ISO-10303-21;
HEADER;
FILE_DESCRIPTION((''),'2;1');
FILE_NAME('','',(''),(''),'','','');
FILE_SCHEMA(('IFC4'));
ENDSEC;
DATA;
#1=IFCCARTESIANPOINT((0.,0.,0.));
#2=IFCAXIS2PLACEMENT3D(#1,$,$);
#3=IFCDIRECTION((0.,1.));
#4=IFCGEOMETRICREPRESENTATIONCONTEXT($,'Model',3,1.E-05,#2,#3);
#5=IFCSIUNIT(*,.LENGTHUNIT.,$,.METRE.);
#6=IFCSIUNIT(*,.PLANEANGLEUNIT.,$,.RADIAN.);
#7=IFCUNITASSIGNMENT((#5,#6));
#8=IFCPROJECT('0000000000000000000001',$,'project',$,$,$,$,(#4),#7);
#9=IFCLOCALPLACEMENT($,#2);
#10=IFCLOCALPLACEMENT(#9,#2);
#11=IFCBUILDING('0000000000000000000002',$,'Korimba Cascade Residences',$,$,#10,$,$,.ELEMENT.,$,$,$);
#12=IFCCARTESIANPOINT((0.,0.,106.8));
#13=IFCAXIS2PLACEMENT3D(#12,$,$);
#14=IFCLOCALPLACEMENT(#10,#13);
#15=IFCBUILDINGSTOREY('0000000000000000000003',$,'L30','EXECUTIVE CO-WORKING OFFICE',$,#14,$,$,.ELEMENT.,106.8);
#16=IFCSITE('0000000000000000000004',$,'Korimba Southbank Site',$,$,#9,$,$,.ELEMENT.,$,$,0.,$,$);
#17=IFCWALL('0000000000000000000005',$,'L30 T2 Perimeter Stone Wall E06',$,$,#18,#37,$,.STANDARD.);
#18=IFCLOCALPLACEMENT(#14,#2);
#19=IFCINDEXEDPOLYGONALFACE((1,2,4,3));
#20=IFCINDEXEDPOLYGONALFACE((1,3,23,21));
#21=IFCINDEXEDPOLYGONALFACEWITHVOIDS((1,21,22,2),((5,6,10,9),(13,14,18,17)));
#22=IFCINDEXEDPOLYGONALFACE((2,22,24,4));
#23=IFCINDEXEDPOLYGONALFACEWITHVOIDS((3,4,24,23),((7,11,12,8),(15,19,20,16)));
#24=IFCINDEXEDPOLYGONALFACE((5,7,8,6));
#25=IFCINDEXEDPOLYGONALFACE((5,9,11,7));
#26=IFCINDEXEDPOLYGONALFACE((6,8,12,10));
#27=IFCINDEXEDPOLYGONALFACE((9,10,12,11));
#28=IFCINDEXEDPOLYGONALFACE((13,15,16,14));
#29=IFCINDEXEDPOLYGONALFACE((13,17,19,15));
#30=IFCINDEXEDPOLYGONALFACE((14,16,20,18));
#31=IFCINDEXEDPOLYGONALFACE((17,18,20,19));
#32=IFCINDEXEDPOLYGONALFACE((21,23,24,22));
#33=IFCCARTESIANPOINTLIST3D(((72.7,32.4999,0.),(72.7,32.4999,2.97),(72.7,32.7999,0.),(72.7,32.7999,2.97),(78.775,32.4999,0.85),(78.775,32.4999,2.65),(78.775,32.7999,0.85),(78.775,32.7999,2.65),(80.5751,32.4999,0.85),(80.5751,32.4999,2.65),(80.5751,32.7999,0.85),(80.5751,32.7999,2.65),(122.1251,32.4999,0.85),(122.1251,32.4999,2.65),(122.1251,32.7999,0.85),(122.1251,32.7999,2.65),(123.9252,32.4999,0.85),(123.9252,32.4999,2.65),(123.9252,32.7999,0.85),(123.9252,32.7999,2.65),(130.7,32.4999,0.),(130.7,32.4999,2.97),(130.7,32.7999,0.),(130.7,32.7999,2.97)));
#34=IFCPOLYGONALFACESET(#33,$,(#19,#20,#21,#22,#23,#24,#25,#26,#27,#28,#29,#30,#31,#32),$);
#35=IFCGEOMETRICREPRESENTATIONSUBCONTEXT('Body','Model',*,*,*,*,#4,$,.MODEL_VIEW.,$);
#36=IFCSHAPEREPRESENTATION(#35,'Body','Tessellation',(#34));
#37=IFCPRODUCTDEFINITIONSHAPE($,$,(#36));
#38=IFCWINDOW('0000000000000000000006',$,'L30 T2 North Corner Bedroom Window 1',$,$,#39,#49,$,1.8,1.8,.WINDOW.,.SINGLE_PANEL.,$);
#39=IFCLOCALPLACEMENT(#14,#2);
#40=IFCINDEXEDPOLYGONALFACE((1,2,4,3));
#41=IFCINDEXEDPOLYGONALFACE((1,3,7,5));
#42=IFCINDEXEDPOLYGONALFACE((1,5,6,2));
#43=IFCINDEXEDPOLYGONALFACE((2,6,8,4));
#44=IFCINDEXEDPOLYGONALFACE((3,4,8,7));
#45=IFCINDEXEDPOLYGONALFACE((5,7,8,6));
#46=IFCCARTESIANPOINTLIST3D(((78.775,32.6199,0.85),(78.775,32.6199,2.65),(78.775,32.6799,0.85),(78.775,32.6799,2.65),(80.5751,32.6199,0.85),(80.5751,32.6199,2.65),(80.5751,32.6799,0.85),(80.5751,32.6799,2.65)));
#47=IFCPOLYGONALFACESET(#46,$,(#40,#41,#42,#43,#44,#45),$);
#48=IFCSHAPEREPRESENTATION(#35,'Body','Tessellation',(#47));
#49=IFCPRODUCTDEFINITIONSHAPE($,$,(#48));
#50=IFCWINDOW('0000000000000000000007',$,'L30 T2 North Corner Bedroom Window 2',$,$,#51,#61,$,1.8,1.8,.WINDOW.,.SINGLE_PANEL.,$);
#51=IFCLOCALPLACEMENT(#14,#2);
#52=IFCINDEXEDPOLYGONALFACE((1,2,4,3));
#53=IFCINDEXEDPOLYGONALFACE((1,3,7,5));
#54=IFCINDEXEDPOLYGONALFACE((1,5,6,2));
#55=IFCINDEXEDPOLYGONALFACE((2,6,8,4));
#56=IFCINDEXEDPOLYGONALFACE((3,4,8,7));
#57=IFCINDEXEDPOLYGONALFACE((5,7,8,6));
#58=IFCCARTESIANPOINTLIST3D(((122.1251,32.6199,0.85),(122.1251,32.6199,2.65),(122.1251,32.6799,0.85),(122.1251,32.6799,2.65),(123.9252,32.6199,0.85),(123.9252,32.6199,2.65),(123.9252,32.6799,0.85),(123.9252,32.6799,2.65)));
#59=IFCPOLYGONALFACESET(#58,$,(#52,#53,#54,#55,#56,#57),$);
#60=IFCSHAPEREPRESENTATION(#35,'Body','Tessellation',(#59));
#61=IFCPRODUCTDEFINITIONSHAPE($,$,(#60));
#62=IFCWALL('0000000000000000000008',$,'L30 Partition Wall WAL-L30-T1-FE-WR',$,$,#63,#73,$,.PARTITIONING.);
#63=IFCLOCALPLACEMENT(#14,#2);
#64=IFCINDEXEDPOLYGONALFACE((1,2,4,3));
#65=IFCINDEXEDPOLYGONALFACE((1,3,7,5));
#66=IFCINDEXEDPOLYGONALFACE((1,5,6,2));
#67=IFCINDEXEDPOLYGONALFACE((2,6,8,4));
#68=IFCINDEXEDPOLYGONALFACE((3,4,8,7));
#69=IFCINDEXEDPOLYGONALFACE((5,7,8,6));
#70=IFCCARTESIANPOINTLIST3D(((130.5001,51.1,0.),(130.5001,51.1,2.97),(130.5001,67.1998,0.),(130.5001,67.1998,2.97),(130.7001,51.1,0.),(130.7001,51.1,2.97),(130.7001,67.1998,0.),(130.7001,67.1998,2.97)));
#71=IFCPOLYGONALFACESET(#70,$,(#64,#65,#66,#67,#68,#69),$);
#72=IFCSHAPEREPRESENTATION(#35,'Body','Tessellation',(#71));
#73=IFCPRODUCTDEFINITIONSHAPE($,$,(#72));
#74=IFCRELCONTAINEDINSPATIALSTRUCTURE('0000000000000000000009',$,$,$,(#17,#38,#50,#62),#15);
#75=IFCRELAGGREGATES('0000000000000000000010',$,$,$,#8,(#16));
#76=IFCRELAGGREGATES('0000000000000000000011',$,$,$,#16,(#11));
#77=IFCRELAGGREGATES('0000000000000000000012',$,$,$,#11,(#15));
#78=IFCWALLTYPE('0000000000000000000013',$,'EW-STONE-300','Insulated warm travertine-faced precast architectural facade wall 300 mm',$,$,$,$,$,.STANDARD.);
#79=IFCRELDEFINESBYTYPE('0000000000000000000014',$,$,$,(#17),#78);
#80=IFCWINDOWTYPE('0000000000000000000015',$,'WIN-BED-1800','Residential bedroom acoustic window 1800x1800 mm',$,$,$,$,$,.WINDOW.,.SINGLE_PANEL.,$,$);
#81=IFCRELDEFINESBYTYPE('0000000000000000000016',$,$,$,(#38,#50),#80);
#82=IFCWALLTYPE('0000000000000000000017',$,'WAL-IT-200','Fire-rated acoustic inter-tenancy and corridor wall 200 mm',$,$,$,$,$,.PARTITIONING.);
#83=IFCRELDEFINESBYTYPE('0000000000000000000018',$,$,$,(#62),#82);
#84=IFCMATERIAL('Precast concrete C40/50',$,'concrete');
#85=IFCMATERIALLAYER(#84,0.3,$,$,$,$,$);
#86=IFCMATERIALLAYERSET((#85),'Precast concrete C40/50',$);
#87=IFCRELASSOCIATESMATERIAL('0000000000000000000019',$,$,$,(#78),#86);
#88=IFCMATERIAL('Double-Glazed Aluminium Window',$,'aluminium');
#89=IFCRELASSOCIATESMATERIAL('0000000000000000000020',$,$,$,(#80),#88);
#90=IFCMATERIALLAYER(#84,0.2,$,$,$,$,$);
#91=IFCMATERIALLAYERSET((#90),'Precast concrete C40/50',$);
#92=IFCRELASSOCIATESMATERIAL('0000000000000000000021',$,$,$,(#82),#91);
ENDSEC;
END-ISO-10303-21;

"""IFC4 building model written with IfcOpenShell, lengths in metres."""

from ifc_helpers import new_model, si_unit, direction, frame, frame_2d, origin, place, context, subcontext, project, spatial, rectangle, extrude, material, layer, layer_set, type_object, element, fill, save


model = new_model("IFC4")

# Units and contexts
model_context = context("Model", 3, precision=1e-05, world=origin(), true_north=direction((0.0, 1.0)))
body_context = subcontext(model_context, "Body", "Model", "MODEL_VIEW")
ifc_project = project(units=[si_unit("LENGTHUNIT", "METRE"), si_unit("PLANEANGLEUNIT", "RADIAN")], contexts=[model_context])

# Site, building, storey
site_placement = place(None, origin())
site = spatial("IfcSite", under=ifc_project, at=site_placement, Name="Korimba Southbank Site", CompositionType="ELEMENT", RefElevation=0.0)
building_placement = place(site_placement, origin())
building = spatial("IfcBuilding", under=site, at=building_placement, Name="Korimba Cascade Residences", CompositionType="ELEMENT")
storey_placement = place(building_placement, frame((0.0, 0.0, 106.8)))
storey = spatial("IfcBuildingStorey", under=building, at=storey_placement, Name="L30", Description="EXECUTIVE CO-WORKING OFFICE", CompositionType="ELEMENT", Elevation=106.8)

# Shared definitions
ifc_material_1 = material(Name="Precast concrete C40/50", Category="concrete")
ifc_layer_1 = layer(ifc_material_1, 0.3)
ifc_layer_set_1 = layer_set([ifc_layer_1], Name="Precast concrete C40/50")
wall_type_1 = type_object("IfcWallType", Name="EW-STONE-300", Description="Insulated warm travertine-faced precast architectural facade wall 300 mm", PredefinedType="STANDARD", material=ifc_layer_set_1)

# Wall, openings, windows
ifc_material_2 = material(Name="Double-Glazed Aluminium Window", Category="aluminium")
wall_1_placement = place(storey_placement, frame((130.7, 32.6499, 0.0), z_axis=(0.0, 0.0, 1.0), x_axis=(-1.0, 0.0, 0.0)))
wall_1 = element("IfcWall", 1, at=wall_1_placement, inside=storey, type_object=wall_type_1, Name="L30 T2 Perimeter Stone Wall E06", PredefinedType="STANDARD", context=body_context, shape_type="SweptSolid", body=[
    extrude(rectangle(XDim=58.0, YDim=0.3, at=frame_2d((29.0, 0.0))), origin(), (0.0, 0.0, 1.0), 2.97),
])
opening_1_placement = place(wall_1_placement, frame((50.125, 0.0, 0.8501)))
opening_1 = element("IfcOpeningElement", 2, at=opening_1_placement, cuts=wall_1, PredefinedType="OPENING", context=body_context, shape_type="SweptSolid", body=[
    extrude(rectangle(XDim=1.8, YDim=1.8, at=frame_2d((0.8999, 0.8999))), frame((0.0, 0.1602, 0.0), z_axis=(0.0, -1.0, 0.0), x_axis=(1.0, 0.0, 0.0)), (0.0, 0.0, 1.0), 0.3201),
])
opening_2_placement = place(wall_1_placement, frame((6.7749, 0.0, 0.8501)))
opening_2 = element("IfcOpeningElement", 3, at=opening_2_placement, cuts=wall_1, PredefinedType="OPENING", context=body_context, shape_type="SweptSolid", body=[
    extrude(rectangle(XDim=1.8, YDim=1.8, at=frame_2d((0.8999, 0.8999))), frame((0.0, 0.1602, 0.0), z_axis=(0.0, -1.0, 0.0), x_axis=(1.0, 0.0, 0.0)), (0.0, 0.0, 1.0), 0.3201),
])
window_type_1 = type_object("IfcWindowType", Name="WIN-BED-1800", Description="Residential bedroom acoustic window 1800x1800 mm", PartitioningType="SINGLE_PANEL", PredefinedType="WINDOW", material=ifc_material_2)
window_1_placement = place(opening_1_placement, origin())
window_1 = element("IfcWindow", 4, at=window_1_placement, inside=storey, type_object=window_type_1, Name="L30 T2 North Corner Bedroom Window 1", OverallHeight=1.8, OverallWidth=1.8, PartitioningType="SINGLE_PANEL", PredefinedType="WINDOW", context=body_context, shape_type="SweptSolid", body=[
    extrude(rectangle(XDim=1.8, YDim=1.8, at=frame_2d((0.8999, 0.8999))), frame((0.0, 0.03, 0.0), z_axis=(0.0, -1.0, 0.0), x_axis=(1.0, 0.0, 0.0)), (0.0, 0.0, 1.0), 0.0601),
])
fill(opening_1, window_1)
window_2_placement = place(opening_2_placement, origin())
window_2 = element("IfcWindow", 5, at=window_2_placement, inside=storey, type_object=window_type_1, Name="L30 T2 North Corner Bedroom Window 2", OverallHeight=1.8, OverallWidth=1.8, PartitioningType="SINGLE_PANEL", PredefinedType="WINDOW", context=body_context, shape_type="SweptSolid", body=[
    extrude(rectangle(XDim=1.8, YDim=1.8, at=frame_2d((0.8999, 0.8999))), frame((0.0, 0.03, 0.0), z_axis=(0.0, -1.0, 0.0), x_axis=(1.0, 0.0, 0.0)), (0.0, 0.0, 1.0), 0.0601),
])
fill(opening_2, window_2)

# Wall
ifc_layer_2 = layer(ifc_material_1, 0.2)
ifc_layer_set_2 = layer_set([ifc_layer_2], Name="Precast concrete C40/50")
wall_type_2 = type_object("IfcWallType", Name="WAL-IT-200", Description="Fire-rated acoustic inter-tenancy and corridor wall 200 mm", PredefinedType="PARTITIONING", material=ifc_layer_set_2)
wall_2_placement = place(storey_placement, frame((130.6001, 51.1001, 0.0), z_axis=(0.0, 0.0, 1.0), x_axis=(0.0, 1.0, 0.0)))
element("IfcWall", 6, at=wall_2_placement, inside=storey, type_object=wall_type_2, Name="L30 Partition Wall WAL-L30-T1-FE-WR", PredefinedType="PARTITIONING", context=body_context, shape_type="SweptSolid", body=[
    extrude(rectangle(XDim=16.0999, YDim=0.2, at=frame_2d((8.0498, 0.0))), origin(), (0.0, 0.0, 1.0), 2.97),
])

save(model, "model.ifc")
